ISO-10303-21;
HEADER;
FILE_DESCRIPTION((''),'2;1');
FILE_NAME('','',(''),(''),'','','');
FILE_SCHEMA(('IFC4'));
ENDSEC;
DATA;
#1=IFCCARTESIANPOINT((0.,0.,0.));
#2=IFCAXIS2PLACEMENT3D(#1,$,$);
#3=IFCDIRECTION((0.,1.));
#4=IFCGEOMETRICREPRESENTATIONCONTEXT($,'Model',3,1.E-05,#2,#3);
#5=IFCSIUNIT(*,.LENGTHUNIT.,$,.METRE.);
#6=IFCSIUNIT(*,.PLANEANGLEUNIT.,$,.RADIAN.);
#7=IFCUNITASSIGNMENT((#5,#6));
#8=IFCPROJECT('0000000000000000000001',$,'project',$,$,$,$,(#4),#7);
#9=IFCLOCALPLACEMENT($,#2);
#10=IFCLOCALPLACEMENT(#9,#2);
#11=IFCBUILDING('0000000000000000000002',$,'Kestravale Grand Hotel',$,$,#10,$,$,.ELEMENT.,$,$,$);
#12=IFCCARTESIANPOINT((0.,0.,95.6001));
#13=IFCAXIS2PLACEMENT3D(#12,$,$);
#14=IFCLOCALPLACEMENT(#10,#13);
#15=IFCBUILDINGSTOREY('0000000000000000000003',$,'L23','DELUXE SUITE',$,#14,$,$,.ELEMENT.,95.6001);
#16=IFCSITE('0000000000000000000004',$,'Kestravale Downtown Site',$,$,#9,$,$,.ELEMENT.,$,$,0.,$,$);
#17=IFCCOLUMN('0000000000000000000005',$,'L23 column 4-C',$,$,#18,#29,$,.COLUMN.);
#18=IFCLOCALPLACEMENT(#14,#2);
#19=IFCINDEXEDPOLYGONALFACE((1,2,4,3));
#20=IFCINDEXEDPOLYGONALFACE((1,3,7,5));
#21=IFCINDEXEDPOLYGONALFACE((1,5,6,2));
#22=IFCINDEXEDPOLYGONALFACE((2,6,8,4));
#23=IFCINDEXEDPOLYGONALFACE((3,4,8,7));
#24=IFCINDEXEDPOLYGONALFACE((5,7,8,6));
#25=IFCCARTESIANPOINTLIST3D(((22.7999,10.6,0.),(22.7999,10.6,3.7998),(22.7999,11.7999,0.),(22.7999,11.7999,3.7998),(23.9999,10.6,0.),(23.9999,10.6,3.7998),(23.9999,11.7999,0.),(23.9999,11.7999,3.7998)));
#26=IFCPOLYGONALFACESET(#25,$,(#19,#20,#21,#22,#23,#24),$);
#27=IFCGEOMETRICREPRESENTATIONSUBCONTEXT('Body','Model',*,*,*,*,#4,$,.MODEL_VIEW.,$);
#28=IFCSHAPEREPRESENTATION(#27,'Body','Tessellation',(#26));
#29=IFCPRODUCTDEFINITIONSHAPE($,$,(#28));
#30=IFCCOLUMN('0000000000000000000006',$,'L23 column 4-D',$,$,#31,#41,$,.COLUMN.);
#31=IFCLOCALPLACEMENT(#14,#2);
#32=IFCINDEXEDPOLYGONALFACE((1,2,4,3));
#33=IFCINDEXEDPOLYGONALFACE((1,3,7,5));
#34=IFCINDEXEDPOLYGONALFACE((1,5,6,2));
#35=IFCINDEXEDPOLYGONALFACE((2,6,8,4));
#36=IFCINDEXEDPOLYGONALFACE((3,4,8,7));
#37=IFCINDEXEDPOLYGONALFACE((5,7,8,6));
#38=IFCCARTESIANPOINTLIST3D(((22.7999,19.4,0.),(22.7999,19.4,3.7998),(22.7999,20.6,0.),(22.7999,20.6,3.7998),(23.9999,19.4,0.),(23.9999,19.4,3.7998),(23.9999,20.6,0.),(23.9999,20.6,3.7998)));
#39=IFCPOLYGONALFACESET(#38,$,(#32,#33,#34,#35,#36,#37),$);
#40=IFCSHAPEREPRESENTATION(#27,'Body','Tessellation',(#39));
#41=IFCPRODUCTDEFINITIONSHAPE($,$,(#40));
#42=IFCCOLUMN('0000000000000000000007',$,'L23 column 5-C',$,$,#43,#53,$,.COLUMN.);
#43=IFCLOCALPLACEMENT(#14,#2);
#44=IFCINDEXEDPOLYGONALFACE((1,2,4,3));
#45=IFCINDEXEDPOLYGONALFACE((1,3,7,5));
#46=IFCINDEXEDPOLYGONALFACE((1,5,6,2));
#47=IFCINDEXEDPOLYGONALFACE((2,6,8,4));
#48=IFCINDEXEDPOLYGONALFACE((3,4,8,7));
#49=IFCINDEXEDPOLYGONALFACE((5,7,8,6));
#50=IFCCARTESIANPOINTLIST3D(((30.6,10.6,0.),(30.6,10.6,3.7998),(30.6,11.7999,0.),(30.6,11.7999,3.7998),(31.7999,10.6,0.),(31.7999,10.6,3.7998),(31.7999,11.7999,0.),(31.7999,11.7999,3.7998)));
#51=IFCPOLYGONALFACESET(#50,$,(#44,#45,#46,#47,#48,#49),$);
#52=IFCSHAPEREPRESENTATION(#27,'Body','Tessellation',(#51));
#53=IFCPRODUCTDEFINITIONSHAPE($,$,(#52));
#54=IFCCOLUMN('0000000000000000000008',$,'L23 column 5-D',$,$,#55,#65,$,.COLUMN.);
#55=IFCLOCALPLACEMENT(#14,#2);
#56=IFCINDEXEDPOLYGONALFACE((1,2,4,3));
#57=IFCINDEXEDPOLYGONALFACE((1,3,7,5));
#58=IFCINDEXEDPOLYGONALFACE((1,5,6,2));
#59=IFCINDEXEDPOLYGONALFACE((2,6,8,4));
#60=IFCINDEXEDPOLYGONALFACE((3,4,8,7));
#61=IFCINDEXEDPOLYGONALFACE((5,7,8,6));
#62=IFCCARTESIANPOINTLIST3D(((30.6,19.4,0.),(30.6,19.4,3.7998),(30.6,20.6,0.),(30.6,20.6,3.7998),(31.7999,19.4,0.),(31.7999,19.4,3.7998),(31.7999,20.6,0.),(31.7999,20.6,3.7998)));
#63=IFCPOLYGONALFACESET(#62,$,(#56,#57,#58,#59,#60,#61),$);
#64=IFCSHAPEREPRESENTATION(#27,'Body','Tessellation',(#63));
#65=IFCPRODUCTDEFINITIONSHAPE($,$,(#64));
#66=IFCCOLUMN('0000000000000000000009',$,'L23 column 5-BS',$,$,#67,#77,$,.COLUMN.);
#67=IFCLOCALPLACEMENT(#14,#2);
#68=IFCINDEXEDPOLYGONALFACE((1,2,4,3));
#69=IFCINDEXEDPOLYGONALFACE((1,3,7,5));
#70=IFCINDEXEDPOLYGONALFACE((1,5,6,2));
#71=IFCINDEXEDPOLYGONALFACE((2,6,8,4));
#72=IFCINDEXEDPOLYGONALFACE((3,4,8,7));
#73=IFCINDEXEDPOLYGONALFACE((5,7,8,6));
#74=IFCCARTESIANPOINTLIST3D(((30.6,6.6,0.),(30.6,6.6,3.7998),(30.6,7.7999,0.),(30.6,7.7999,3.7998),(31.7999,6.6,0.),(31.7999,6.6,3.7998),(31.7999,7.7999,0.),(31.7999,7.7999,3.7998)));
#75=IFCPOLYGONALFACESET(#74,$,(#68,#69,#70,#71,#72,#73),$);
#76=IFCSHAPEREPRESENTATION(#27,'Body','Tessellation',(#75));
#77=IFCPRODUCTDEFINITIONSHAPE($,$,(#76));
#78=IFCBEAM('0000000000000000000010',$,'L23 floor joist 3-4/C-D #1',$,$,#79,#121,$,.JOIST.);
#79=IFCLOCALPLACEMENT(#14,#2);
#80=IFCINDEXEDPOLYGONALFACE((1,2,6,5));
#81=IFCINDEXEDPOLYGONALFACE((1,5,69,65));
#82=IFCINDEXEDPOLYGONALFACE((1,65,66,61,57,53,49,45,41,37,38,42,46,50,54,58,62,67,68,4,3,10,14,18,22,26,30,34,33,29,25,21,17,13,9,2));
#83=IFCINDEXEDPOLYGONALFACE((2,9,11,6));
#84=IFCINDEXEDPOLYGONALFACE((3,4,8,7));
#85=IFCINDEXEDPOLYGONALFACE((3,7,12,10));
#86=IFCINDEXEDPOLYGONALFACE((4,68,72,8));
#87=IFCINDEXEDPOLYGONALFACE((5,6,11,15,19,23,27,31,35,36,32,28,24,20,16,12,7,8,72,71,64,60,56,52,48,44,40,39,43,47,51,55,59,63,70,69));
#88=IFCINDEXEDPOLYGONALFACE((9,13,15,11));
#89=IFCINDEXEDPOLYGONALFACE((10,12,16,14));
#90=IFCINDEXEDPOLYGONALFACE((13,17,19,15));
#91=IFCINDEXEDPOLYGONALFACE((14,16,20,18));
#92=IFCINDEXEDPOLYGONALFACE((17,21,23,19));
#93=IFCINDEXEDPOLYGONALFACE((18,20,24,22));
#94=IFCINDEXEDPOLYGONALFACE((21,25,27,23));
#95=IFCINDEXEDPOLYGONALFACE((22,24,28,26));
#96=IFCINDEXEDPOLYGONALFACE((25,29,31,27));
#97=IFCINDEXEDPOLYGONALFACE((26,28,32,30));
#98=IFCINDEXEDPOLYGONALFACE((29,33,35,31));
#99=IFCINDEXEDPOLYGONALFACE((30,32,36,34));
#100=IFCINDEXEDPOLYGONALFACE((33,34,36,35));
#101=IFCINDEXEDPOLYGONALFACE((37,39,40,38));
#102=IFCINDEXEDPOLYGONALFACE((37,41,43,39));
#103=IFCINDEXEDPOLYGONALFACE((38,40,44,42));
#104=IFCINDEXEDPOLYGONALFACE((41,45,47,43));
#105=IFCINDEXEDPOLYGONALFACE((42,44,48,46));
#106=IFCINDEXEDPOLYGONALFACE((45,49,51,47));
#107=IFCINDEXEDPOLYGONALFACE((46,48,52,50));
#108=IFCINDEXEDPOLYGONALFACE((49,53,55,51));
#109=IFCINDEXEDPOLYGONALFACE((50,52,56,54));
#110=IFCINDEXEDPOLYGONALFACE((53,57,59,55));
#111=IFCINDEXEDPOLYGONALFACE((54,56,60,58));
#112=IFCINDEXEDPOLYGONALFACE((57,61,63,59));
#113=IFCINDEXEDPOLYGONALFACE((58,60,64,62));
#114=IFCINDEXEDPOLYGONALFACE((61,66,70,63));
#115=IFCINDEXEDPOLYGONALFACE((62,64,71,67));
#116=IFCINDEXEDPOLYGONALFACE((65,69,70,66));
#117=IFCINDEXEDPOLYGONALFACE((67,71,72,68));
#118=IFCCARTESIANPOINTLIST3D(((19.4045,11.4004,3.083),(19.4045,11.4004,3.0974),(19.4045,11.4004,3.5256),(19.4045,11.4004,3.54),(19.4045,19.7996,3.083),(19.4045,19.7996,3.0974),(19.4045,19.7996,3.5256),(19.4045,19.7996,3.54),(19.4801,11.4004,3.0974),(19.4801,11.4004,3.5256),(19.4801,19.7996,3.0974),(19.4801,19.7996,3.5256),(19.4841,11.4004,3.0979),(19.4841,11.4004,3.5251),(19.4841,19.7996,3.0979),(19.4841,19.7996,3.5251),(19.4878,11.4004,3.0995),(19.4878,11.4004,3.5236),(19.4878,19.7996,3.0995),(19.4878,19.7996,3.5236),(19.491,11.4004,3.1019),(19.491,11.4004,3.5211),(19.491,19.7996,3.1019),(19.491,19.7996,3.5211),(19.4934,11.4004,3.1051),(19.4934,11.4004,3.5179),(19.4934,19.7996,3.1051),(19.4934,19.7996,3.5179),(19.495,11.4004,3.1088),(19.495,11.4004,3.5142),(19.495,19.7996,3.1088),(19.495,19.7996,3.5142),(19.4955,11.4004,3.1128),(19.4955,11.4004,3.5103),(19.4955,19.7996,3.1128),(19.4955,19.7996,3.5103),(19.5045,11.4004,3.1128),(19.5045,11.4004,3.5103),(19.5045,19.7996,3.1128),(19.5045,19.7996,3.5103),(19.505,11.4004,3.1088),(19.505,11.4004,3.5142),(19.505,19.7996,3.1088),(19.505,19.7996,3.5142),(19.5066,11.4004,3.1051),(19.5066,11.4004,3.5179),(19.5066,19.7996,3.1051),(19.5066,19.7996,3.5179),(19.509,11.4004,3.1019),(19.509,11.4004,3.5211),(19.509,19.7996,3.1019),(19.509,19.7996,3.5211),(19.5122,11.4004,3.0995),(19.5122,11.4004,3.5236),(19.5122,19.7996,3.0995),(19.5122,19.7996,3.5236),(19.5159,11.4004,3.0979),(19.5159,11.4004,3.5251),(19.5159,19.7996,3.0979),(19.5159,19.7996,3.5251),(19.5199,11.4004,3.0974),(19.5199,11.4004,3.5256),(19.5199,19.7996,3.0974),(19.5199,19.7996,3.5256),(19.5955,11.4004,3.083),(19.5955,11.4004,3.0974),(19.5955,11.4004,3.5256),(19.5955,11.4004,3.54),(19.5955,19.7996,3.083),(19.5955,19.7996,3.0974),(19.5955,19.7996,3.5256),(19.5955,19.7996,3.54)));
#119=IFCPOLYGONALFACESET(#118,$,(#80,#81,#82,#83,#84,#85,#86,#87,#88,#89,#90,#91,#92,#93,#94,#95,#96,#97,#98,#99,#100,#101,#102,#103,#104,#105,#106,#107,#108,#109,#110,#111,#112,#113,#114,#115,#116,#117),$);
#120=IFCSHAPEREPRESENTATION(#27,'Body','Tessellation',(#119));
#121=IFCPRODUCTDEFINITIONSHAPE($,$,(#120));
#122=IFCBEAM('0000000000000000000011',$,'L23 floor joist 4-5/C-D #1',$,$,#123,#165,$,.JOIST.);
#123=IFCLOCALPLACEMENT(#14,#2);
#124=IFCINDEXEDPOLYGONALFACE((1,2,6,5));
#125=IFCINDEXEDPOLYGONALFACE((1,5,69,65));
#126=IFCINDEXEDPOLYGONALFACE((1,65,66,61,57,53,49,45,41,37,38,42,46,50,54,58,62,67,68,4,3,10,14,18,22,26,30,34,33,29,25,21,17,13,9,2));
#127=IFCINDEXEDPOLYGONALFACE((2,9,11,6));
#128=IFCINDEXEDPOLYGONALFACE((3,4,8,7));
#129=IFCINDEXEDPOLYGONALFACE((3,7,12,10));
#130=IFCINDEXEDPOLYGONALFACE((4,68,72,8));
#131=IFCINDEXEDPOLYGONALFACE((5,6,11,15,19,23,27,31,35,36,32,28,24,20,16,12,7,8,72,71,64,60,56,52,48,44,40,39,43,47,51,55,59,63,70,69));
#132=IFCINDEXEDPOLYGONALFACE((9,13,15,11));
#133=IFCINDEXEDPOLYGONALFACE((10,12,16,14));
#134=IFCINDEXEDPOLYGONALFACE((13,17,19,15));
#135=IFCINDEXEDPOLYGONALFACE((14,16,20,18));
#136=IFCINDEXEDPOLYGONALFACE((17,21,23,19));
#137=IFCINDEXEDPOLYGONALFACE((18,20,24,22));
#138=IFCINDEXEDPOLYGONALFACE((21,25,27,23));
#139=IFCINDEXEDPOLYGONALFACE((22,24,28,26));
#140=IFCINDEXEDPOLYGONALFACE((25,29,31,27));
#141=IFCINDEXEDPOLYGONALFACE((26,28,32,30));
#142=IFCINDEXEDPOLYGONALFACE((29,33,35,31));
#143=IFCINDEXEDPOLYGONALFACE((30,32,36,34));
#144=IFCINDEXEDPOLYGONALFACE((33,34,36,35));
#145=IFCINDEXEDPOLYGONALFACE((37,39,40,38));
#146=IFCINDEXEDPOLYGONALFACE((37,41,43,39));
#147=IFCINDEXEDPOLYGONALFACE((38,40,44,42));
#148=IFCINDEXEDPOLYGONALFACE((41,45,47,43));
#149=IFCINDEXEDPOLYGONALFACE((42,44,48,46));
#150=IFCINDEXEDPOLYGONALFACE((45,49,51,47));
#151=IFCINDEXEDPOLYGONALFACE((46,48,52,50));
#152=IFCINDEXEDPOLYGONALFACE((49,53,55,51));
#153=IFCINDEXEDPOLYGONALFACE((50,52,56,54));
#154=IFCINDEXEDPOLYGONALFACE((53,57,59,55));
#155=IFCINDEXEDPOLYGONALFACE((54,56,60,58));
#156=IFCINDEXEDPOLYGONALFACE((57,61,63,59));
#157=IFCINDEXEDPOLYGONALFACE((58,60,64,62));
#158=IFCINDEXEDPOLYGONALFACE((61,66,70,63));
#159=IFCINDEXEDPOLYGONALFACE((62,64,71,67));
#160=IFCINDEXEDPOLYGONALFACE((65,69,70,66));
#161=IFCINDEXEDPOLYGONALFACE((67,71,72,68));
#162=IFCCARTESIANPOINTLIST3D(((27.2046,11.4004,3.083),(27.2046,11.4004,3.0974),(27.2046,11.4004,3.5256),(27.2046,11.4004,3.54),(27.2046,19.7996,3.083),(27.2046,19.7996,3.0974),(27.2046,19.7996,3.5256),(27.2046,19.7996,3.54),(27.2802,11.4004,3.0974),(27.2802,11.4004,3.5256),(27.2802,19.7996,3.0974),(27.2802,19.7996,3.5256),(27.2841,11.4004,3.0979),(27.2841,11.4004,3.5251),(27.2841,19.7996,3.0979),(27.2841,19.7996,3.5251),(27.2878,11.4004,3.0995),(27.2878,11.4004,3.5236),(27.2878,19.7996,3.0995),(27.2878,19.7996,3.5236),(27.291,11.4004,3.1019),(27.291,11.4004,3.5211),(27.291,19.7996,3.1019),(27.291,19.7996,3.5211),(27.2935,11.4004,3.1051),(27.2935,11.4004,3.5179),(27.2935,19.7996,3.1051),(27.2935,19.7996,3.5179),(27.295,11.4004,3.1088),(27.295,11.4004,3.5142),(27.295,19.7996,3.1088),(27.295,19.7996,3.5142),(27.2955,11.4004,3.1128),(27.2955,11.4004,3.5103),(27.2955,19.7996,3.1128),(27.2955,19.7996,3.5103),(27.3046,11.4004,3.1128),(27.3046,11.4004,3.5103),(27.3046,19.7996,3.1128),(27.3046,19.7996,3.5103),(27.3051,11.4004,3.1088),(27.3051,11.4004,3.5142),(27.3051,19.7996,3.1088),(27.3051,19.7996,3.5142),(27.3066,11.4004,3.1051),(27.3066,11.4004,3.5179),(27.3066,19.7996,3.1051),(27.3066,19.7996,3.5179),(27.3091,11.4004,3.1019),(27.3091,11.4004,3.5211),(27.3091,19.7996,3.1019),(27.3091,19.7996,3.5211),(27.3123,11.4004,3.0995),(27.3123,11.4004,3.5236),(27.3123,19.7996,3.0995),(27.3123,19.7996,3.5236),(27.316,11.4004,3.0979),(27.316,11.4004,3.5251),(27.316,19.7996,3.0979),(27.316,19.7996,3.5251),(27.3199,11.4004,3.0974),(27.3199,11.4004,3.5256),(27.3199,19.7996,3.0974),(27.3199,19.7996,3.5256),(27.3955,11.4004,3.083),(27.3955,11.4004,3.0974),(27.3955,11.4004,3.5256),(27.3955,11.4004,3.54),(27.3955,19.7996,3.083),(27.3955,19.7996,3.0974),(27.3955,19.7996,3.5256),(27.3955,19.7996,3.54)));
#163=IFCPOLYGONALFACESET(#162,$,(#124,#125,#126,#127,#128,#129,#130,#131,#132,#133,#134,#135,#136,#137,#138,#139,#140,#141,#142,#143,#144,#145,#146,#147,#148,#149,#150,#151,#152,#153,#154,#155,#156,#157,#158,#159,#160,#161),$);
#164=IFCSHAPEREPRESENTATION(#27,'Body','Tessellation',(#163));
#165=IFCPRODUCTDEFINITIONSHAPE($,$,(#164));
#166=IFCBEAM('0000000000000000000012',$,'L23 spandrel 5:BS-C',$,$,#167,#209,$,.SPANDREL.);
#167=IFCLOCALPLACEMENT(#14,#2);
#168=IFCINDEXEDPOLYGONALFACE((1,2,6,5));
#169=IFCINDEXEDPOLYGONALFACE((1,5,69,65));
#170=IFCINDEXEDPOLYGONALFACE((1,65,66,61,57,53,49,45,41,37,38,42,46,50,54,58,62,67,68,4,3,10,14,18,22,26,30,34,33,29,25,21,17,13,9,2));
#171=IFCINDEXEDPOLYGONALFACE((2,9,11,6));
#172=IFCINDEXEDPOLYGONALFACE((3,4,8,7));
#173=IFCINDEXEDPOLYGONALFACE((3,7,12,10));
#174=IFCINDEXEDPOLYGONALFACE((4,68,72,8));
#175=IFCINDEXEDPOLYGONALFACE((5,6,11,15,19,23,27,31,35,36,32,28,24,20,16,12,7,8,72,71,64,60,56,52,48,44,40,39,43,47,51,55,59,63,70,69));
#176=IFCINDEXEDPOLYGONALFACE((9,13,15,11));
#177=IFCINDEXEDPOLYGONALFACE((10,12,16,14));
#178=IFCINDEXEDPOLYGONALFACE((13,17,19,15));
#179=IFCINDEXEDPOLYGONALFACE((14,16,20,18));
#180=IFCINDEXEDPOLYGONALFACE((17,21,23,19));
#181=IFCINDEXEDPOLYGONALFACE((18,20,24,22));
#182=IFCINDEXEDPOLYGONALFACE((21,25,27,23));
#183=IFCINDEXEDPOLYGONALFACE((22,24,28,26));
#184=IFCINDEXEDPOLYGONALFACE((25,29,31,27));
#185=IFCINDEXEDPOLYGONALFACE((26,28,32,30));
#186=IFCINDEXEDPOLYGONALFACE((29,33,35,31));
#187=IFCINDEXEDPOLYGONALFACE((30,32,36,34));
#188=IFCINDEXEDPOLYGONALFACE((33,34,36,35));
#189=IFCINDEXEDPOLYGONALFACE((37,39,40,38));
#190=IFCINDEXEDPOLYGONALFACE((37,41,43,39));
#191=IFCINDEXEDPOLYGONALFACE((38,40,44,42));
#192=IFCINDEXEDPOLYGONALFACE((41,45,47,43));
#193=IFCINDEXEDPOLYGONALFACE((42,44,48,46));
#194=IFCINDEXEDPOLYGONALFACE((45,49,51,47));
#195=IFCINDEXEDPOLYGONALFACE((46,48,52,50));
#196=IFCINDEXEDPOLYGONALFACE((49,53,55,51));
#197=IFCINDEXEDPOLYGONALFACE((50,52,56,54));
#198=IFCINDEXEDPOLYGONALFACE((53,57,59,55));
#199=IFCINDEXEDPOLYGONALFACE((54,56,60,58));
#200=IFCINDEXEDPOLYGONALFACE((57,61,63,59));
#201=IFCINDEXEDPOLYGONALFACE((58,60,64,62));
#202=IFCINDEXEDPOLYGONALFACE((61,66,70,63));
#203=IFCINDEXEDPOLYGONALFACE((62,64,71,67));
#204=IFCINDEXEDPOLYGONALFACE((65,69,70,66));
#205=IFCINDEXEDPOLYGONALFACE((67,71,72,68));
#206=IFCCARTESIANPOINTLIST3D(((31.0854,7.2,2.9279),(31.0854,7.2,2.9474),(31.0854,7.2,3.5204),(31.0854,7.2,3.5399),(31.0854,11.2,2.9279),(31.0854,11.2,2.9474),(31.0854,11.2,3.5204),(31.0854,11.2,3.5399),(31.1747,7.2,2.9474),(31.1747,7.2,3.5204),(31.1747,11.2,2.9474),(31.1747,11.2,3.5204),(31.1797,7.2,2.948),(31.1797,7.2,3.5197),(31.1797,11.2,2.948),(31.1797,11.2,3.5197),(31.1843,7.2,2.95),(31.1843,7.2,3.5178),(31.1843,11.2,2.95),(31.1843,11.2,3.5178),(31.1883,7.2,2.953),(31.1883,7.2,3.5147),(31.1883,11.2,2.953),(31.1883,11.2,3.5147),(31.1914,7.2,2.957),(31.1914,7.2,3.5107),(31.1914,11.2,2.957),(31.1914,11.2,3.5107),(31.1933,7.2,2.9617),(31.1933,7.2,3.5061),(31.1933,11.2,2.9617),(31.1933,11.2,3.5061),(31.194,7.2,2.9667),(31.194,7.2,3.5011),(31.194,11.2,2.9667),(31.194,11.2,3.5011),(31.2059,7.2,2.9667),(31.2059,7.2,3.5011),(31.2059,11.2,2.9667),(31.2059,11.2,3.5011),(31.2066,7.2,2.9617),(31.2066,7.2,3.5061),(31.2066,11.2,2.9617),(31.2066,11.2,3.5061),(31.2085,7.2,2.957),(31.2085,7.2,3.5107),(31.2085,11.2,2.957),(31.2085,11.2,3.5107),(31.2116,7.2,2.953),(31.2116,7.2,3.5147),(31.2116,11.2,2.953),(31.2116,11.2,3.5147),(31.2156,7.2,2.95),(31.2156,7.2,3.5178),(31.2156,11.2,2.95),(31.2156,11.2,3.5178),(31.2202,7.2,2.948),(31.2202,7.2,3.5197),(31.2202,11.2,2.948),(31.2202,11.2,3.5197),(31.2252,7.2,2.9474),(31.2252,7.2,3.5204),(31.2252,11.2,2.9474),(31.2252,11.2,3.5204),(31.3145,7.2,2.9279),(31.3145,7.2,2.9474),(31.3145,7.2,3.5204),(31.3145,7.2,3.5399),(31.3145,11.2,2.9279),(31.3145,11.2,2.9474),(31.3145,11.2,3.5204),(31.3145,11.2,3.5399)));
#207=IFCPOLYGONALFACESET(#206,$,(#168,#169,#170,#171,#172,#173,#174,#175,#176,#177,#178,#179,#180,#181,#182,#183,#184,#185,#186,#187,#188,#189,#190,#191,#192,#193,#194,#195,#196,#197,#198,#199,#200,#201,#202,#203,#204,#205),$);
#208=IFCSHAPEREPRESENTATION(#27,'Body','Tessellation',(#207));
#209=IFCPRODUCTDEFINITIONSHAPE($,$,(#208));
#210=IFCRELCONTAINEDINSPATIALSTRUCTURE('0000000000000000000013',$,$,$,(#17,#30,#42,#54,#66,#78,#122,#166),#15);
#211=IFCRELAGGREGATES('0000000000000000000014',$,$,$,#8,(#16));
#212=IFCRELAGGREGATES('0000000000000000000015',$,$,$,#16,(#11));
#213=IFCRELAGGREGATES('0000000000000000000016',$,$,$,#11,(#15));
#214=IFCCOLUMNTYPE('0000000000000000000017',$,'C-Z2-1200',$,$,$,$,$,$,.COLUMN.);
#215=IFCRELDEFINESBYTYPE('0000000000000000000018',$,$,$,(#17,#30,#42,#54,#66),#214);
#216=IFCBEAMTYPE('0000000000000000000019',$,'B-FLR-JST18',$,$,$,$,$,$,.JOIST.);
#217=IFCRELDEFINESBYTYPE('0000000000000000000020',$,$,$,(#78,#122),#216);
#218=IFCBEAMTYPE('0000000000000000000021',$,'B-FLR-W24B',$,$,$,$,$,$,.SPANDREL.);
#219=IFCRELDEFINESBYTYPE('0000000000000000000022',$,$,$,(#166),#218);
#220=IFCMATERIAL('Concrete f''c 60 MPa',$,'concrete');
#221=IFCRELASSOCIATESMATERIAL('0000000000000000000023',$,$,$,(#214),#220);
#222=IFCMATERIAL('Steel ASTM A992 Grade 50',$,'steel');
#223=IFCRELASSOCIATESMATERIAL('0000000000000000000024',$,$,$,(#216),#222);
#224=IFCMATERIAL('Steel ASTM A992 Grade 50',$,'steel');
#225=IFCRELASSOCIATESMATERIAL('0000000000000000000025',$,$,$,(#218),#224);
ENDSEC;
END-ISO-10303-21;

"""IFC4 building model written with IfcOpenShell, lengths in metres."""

from ifc_helpers import new_model, si_unit, direction, frame, origin, origin_2d, place, context, subcontext, project, spatial, rectangle, i_section, extrude, material, material_profile, profile_set, type_object, element, save


model = new_model("IFC4")

# Units and contexts
model_context = context("Model", 3, precision=1e-05, world=origin(), true_north=direction((0.0, 1.0)))
body_context = subcontext(model_context, "Body", "Model", "MODEL_VIEW")
ifc_project = project(units=[si_unit("LENGTHUNIT", "METRE"), si_unit("PLANEANGLEUNIT", "RADIAN")], contexts=[model_context])

# Site, building, storey
site_placement = place(None, origin())
site = spatial("IfcSite", under=ifc_project, at=site_placement, Name="Kestravale Downtown Site", CompositionType="ELEMENT", RefElevation=0.0)
building_placement = place(site_placement, origin())
building = spatial("IfcBuilding", under=site, at=building_placement, Name="Kestravale Grand Hotel", CompositionType="ELEMENT")
storey_placement = place(building_placement, frame((0.0, 0.0, 95.6001)))
storey = spatial("IfcBuildingStorey", under=building, at=storey_placement, Name="L23", Description="DELUXE SUITE", CompositionType="ELEMENT", Elevation=95.6001)

# Columns
ifc_material_1 = material(Name="Concrete f'c 60 MPa", Category="concrete")
ifc_material_profile_1 = material_profile(ifc_material_1, rectangle(XDim=1.2, YDim=1.2, at=origin_2d()))
ifc_profile_set_1 = profile_set([ifc_material_profile_1], Name="Concrete f'c 60 MPa")
column_type = type_object("IfcColumnType", Name="C-Z2-1200", PredefinedType="COLUMN", material=ifc_profile_set_1)
for number, where, z_axis, x_axis, name in (
    (1, (23.3999, 11.2, 0.0), (0.0, 0.0, 1.0), (1.0, 0.0, 0.0), "L23 column 4-C"),
    (2, (23.3999, 20.0, 0.0), (0.0, 0.0, 1.0), (1.0, 0.0, 0.0), "L23 column 4-D"),
    (3, (31.2, 11.2, 0.0), (0.0, 0.0, 1.0), (1.0, 0.0, 0.0), "L23 column 5-C"),
    (4, (31.2, 20.0, 0.0), (0.0, 0.0, 1.0), (1.0, 0.0, 0.0), "L23 column 5-D"),
    (5, (31.2, 7.2, 0.0), (0.0, 0.0, 1.0), (1.0, 0.0, 0.0), "L23 column 5-BS"),
):
    element("IfcColumn", number, at=place(storey_placement, frame(where, z_axis=z_axis, x_axis=x_axis)), inside=storey, type_object=column_type, Name=name, PredefinedType="COLUMN", context=body_context, shape_type="SweptSolid", body=[
        extrude(rectangle(XDim=1.2, YDim=1.2, at=origin_2d()), origin(), (0.0, 0.0, 1.0), 3.7998),
    ])

# Beams
ifc_material_2 = material(Name="Steel ASTM A992 Grade 50", Category="steel")
ifc_material_profile_2 = material_profile(ifc_material_2, i_section(OverallWidth=0.1909, OverallDepth=0.457, WebThickness=0.009, FlangeThickness=0.0144, FilletRadius=0.0154, at=origin_2d()))
ifc_profile_set_2 = profile_set([ifc_material_profile_2], Name="Steel ASTM A992 Grade 50")
beam_type_1 = type_object("IfcBeamType", Name="B-FLR-JST18", PredefinedType="JOIST", material=ifc_profile_set_2)
for number, where, z_axis, x_axis, name in (
    (6, (19.5, 11.4004, 3.3115), (0.0, 1.0, 0.0), (-1.0, 0.0, 0.0), "L23 floor joist 3-4/C-D #1"),
    (7, (27.3, 11.4004, 3.3115), (0.0, 1.0, 0.0), (-1.0, 0.0, 0.0), "L23 floor joist 4-5/C-D #1"),
):
    element("IfcBeam", number, at=place(storey_placement, frame(where, z_axis=z_axis, x_axis=x_axis)), inside=storey, type_object=beam_type_1, Name=name, PredefinedType="JOIST", context=body_context, shape_type="SweptSolid", body=[
        extrude(i_section(OverallWidth=0.1909, OverallDepth=0.457, WebThickness=0.009, FlangeThickness=0.0144, FilletRadius=0.0154, at=origin_2d()), origin(), (0.0, 0.0, 1.0), 8.3992),
    ])
ifc_material_3 = material(Name="Steel ASTM A992 Grade 50", Category="steel")
ifc_material_profile_3 = material_profile(ifc_material_3, i_section(OverallWidth=0.229, OverallDepth=0.6121, WebThickness=0.012, FlangeThickness=0.0195, FilletRadius=0.0193, at=origin_2d()))
ifc_profile_set_3 = profile_set([ifc_material_profile_3], Name="Steel ASTM A992 Grade 50")
beam_type_2 = type_object("IfcBeamType", Name="B-FLR-W24B", PredefinedType="SPANDREL", material=ifc_profile_set_3)
beam_1_placement = place(storey_placement, frame((31.2, 7.2, 3.2339), z_axis=(0.0, 1.0, 0.0), x_axis=(-1.0, 0.0, 0.0)))
element("IfcBeam", 8, at=beam_1_placement, inside=storey, type_object=beam_type_2, Name="L23 spandrel 5:BS-C", PredefinedType="SPANDREL", context=body_context, shape_type="SweptSolid", body=[
    extrude(i_section(OverallWidth=0.229, OverallDepth=0.6121, WebThickness=0.012, FlangeThickness=0.0195, FilletRadius=0.0193, at=origin_2d()), origin(), (0.0, 0.0, 1.0), 4.0),
])

save(model, "model.ifc")
